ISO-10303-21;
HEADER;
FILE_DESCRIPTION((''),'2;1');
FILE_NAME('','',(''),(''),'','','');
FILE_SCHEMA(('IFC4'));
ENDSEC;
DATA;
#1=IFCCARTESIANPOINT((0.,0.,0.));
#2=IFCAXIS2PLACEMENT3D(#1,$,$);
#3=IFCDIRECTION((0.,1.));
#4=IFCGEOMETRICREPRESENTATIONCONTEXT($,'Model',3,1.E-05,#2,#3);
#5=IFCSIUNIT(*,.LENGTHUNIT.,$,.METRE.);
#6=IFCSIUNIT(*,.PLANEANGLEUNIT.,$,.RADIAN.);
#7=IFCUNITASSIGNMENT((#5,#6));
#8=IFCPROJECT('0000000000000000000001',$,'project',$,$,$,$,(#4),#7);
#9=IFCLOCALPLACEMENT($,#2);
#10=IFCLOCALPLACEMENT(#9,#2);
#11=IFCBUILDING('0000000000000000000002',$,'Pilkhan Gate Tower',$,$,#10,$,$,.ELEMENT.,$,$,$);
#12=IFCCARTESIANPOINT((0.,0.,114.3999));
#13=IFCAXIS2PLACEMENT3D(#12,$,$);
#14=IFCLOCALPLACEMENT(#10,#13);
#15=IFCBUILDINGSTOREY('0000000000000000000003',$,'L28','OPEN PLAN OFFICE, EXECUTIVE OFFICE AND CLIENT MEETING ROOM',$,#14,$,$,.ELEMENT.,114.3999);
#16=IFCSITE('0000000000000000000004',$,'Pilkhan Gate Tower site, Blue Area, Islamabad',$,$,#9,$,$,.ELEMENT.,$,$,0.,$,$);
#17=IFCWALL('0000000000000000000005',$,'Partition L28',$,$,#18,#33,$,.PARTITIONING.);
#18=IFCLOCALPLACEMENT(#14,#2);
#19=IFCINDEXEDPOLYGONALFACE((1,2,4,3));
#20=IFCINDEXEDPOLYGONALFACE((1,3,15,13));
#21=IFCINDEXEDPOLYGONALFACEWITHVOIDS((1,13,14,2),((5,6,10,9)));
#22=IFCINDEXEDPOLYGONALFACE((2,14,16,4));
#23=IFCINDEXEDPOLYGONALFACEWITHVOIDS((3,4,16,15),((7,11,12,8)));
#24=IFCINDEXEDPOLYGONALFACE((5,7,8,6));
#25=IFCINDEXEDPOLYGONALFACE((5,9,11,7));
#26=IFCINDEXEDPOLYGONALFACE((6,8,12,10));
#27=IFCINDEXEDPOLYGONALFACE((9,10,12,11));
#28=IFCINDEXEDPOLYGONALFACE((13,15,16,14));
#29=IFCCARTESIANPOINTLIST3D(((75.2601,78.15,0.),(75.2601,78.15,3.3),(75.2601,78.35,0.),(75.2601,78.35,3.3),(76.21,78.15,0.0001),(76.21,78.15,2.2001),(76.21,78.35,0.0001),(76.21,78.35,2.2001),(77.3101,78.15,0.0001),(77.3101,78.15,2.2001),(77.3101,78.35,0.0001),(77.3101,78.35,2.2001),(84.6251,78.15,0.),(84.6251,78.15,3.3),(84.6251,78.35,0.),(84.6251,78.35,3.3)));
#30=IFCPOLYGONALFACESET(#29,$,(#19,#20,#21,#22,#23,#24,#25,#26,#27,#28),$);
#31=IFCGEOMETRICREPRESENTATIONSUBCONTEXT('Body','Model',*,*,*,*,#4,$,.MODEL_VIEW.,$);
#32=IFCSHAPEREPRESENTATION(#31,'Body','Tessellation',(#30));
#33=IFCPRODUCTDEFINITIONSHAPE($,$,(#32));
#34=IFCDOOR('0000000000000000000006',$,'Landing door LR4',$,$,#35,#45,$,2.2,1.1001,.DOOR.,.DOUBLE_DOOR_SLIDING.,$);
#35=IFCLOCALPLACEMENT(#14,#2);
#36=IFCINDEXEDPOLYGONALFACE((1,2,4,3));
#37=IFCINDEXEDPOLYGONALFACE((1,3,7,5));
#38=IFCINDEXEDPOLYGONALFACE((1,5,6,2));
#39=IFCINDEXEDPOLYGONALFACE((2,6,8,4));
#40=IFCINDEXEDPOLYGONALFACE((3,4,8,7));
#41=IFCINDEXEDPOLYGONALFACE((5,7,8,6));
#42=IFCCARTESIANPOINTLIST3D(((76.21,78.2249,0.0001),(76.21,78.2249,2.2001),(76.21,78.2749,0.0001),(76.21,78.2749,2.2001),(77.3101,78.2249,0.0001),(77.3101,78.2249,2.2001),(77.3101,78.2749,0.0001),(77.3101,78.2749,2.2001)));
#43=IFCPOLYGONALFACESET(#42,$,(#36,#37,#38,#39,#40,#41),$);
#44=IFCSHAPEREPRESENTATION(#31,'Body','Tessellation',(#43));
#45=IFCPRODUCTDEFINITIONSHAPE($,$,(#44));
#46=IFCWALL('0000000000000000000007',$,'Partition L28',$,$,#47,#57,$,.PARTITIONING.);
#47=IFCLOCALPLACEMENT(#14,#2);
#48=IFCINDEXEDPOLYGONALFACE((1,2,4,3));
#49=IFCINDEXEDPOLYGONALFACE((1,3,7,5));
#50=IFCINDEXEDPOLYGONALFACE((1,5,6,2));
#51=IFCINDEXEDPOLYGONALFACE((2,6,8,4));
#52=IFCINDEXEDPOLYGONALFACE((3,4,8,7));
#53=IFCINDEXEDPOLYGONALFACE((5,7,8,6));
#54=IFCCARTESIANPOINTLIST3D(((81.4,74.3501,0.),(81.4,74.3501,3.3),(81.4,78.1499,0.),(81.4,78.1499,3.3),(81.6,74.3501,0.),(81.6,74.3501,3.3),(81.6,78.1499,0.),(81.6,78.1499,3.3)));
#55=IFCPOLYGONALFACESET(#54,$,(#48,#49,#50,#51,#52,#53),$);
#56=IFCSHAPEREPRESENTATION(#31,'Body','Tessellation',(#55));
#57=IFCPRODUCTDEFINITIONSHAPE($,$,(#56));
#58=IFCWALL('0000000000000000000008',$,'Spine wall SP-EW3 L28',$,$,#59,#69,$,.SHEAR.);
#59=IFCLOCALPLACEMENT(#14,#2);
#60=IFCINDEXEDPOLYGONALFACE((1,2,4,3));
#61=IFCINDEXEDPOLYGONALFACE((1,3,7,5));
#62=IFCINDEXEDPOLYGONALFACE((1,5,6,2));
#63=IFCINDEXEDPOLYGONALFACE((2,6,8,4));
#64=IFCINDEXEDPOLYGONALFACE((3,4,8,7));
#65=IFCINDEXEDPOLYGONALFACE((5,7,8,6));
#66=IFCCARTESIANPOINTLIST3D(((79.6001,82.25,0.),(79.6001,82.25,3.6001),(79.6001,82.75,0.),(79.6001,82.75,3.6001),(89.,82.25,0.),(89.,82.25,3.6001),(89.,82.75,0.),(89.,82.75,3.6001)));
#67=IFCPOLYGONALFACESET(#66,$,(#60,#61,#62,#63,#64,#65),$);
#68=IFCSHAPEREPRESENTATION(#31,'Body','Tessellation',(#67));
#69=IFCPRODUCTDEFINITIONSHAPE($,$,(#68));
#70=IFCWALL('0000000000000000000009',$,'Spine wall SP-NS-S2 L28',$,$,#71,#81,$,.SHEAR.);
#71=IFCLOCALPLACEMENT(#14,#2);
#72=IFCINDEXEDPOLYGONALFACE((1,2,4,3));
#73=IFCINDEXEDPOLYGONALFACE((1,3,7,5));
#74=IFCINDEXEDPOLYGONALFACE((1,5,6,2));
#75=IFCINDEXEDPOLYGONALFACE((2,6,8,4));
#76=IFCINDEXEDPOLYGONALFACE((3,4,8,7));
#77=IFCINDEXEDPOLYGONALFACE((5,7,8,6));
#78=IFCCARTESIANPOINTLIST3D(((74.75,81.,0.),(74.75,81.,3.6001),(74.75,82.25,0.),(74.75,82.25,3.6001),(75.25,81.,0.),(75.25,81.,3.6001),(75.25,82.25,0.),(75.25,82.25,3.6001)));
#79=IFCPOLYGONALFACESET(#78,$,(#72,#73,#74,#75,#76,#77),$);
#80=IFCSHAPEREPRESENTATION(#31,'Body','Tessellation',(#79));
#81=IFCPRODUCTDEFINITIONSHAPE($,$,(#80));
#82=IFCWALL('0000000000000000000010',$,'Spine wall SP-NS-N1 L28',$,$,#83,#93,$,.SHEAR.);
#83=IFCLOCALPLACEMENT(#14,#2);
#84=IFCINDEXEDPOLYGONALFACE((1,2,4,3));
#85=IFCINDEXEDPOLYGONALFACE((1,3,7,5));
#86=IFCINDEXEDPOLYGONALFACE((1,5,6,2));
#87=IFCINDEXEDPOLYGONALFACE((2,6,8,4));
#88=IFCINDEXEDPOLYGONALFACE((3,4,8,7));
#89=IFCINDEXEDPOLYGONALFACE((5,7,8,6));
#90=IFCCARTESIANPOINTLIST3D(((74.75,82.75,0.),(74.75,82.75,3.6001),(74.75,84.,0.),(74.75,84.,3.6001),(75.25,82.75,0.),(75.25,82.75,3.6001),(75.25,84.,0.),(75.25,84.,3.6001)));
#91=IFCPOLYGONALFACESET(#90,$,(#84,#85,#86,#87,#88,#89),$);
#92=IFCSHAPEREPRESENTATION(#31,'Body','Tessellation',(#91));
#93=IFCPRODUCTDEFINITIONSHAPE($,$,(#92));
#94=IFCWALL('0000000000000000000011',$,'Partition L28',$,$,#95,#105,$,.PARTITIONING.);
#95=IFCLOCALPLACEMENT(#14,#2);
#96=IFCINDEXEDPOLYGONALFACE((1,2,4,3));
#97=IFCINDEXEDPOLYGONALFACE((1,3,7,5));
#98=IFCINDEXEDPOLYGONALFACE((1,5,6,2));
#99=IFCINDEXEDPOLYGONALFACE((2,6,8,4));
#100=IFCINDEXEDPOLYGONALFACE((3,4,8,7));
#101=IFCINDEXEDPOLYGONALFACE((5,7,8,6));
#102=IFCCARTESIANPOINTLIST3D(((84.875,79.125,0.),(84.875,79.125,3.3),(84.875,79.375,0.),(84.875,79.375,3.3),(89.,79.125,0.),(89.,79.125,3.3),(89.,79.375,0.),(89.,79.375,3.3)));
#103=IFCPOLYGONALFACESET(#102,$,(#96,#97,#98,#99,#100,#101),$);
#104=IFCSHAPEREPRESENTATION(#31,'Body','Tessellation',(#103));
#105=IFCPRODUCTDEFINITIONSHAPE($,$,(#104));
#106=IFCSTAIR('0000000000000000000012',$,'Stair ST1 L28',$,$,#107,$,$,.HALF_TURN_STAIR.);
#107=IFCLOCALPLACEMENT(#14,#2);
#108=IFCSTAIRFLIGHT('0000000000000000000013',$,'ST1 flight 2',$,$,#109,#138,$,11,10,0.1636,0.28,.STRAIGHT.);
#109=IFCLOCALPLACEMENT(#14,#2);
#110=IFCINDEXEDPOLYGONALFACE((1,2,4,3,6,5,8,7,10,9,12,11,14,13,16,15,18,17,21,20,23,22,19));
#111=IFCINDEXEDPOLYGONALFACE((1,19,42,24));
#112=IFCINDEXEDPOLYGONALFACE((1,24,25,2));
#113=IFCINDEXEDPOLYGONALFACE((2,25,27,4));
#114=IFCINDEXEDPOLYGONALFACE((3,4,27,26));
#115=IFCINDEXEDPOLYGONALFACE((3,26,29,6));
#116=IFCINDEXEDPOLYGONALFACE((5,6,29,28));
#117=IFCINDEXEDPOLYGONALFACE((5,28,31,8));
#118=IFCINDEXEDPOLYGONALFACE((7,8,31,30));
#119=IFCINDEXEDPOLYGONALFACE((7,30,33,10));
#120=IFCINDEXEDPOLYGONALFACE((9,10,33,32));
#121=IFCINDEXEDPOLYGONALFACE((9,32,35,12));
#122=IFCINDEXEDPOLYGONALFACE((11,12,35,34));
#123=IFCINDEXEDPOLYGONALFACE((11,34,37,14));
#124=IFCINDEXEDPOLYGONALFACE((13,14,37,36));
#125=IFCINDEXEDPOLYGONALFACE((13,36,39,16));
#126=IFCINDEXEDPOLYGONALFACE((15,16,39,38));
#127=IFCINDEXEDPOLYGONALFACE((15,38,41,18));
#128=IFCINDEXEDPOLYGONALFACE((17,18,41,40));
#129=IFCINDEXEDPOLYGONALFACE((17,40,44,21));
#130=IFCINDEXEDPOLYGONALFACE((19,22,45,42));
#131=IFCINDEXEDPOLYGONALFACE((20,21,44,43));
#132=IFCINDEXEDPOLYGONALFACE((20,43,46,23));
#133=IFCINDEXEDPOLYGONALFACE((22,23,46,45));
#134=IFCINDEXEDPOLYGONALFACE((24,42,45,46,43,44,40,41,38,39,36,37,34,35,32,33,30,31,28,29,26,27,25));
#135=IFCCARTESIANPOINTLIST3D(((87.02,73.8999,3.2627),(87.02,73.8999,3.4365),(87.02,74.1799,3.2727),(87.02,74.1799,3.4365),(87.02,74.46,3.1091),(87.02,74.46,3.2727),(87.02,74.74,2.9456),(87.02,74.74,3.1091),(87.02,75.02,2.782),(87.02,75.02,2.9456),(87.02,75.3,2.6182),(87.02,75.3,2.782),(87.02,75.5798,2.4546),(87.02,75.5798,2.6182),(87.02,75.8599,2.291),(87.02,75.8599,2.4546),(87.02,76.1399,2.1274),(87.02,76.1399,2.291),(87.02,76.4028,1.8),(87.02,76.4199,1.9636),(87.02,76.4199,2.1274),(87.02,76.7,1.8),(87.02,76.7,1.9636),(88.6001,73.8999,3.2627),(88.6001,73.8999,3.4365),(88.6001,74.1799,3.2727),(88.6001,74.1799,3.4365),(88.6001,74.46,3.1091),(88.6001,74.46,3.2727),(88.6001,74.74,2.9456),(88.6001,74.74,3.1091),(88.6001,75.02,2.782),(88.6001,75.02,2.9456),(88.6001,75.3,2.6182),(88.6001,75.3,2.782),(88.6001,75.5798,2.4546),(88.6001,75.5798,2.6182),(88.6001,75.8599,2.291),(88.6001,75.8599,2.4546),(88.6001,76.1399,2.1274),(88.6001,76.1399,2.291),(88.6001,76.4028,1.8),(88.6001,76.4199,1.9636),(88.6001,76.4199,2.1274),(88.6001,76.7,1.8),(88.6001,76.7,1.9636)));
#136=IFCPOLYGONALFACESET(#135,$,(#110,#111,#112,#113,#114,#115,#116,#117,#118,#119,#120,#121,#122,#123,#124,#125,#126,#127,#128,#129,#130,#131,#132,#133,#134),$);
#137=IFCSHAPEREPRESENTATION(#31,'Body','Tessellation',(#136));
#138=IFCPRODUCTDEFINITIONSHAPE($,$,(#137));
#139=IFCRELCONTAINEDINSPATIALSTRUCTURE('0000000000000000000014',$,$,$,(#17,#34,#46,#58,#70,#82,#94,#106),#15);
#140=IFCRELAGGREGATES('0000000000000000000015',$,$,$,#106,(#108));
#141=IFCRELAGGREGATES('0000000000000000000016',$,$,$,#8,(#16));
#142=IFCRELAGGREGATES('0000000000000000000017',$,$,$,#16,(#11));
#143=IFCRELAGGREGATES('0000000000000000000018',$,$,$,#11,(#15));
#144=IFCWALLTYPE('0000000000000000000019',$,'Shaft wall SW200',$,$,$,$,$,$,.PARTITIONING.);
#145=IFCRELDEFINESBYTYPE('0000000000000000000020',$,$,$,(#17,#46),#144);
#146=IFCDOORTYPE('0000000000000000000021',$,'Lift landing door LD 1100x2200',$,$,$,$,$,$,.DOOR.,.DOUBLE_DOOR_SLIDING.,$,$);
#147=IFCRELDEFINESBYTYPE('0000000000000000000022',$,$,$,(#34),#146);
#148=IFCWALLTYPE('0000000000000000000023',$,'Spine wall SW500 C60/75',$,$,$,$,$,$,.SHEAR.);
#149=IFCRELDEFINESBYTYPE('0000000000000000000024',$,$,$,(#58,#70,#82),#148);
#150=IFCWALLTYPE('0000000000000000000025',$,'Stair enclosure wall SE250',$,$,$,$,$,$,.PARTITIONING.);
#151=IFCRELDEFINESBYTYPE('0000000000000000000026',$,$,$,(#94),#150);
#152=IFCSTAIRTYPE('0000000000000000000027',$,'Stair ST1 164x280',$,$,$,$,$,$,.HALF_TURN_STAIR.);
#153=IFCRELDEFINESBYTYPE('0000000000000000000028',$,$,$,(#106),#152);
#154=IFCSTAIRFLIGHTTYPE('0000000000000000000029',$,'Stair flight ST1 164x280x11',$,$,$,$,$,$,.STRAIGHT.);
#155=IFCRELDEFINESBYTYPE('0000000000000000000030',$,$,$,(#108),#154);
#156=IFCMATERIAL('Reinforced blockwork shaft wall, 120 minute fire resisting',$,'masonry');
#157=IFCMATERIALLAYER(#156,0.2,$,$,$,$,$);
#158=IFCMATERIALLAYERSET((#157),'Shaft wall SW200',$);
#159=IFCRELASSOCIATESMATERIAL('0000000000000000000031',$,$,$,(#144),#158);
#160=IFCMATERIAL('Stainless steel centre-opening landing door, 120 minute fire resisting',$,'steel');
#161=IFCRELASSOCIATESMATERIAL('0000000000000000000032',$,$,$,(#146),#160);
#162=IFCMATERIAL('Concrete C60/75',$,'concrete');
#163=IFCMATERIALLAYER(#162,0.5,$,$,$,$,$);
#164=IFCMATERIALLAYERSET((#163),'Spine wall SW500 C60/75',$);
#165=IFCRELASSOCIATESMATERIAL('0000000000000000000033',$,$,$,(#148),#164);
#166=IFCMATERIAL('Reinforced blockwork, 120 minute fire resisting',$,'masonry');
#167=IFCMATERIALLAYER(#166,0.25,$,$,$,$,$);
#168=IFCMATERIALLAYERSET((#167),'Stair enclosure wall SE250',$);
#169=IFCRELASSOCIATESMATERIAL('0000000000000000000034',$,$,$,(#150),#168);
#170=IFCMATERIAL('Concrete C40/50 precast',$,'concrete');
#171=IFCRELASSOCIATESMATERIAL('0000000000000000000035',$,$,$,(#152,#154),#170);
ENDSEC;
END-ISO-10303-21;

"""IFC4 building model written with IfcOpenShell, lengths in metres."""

from ifc_helpers import new_model, si_unit, direction, frame, frame_2d, origin, place, context, subcontext, project, spatial, polyline, rectangle, outline, extrude, material, layer, layer_set, type_object, element, fill, aggregate, save


model = new_model("IFC4")

# Units and contexts
model_context = context("Model", 3, precision=1e-05, world=origin(), true_north=direction((0.0, 1.0)))
body_context = subcontext(model_context, "Body", "Model", "MODEL_VIEW")
ifc_project = project(units=[si_unit("LENGTHUNIT", "METRE"), si_unit("PLANEANGLEUNIT", "RADIAN")], contexts=[model_context])

# Site, building, storey
site_placement = place(None, origin())
site = spatial("IfcSite", under=ifc_project, at=site_placement, Name="Pilkhan Gate Tower site, Blue Area, Islamabad", CompositionType="ELEMENT", RefElevation=0.0)
building_placement = place(site_placement, origin())
building = spatial("IfcBuilding", under=site, at=building_placement, Name="Pilkhan Gate Tower", CompositionType="ELEMENT")
storey_placement = place(building_placement, frame((0.0, 0.0, 114.3999)))
storey = spatial("IfcBuildingStorey", under=building, at=storey_placement, Name="L28", Description="OPEN PLAN OFFICE, EXECUTIVE OFFICE AND CLIENT MEETING ROOM", CompositionType="ELEMENT", Elevation=114.3999)

# Shared definitions
ifc_material_1 = material(Name="Concrete C60/75", Category="concrete")

# Wall, opening, door
ifc_material_2 = material(Name="Reinforced blockwork shaft wall, 120 minute fire resisting", Category="masonry")
ifc_layer_1 = layer(ifc_material_2, 0.2)
ifc_layer_set_1 = layer_set([ifc_layer_1], Name="Shaft wall SW200")
wall_type_1 = type_object("IfcWallType", Name="Shaft wall SW200", PredefinedType="PARTITIONING", material=ifc_layer_set_1)
wall_1_placement = place(storey_placement, frame((75.26, 78.25, 0.0), z_axis=(0.0, 0.0, 1.0), x_axis=(1.0, 0.0, 0.0)))
wall_1 = element("IfcWall", 1, at=wall_1_placement, inside=storey, type_object=wall_type_1, Name="Partition L28", PredefinedType="PARTITIONING", context=body_context, shape_type="SweptSolid", body=[
    extrude(rectangle(XDim=9.365, YDim=0.2, at=frame_2d((4.6826, 0.0))), origin(), (0.0, 0.0, 1.0), 3.3),
])
opening_1_placement = place(wall_1_placement, frame((0.95, 0.0, 0.0)))
opening_1 = element("IfcOpeningElement", 2, at=opening_1_placement, cuts=wall_1, PredefinedType="OPENING", context=body_context, shape_type="SweptSolid", body=[
    extrude(rectangle(XDim=1.1001, YDim=2.2, at=frame_2d((0.55, 1.1001))), frame((0.0, 0.1099, 0.0), z_axis=(0.0, -1.0, 0.0), x_axis=(1.0, 0.0, 0.0)), (0.0, 0.0, 1.0), 0.22),
])
ifc_material_3 = material(Name="Stainless steel centre-opening landing door, 120 minute fire resisting", Category="steel")
door_type_1 = type_object("IfcDoorType", Name="Lift landing door LD 1100x2200", OperationType="DOUBLE_DOOR_SLIDING", PredefinedType="DOOR", material=ifc_material_3)
door_1_placement = place(opening_1_placement, origin())
door_1 = element("IfcDoor", 3, at=door_1_placement, inside=storey, type_object=door_type_1, Name="Landing door LR4", OperationType="DOUBLE_DOOR_SLIDING", OverallHeight=2.2, OverallWidth=1.1001, PredefinedType="DOOR", context=body_context, shape_type="SweptSolid", body=[
    extrude(rectangle(XDim=1.1001, YDim=2.2, at=frame_2d((0.55, 1.1001))), frame((0.0, 0.0249, 0.0), z_axis=(0.0, -1.0, 0.0), x_axis=(1.0, 0.0, 0.0)), (0.0, 0.0, 1.0), 0.05),
])
fill(opening_1, door_1)

# Walls
wall_2_placement = place(storey_placement, frame((81.5, 74.3501, 0.0), z_axis=(0.0, 0.0, 1.0), x_axis=(0.0, 1.0, 0.0)))
element("IfcWall", 4, at=wall_2_placement, inside=storey, type_object=wall_type_1, Name="Partition L28", PredefinedType="PARTITIONING", context=body_context, shape_type="SweptSolid", body=[
    extrude(rectangle(XDim=3.7998, YDim=0.2, at=frame_2d((1.8999, 0.0))), origin(), (0.0, 0.0, 1.0), 3.3),
])
ifc_layer_2 = layer(ifc_material_1, 0.5)
ifc_layer_set_2 = layer_set([ifc_layer_2], Name="Spine wall SW500 C60/75")
wall_type_2 = type_object("IfcWallType", Name="Spine wall SW500 C60/75", PredefinedType="SHEAR", material=ifc_layer_set_2)
wall_3_placement = place(storey_placement, frame((79.6001, 82.5, 0.0), z_axis=(0.0, 0.0, 1.0), x_axis=(1.0, 0.0, 0.0)))
element("IfcWall", 5, at=wall_3_placement, inside=storey, type_object=wall_type_2, Name="Spine wall SP-EW3 L28", PredefinedType="SHEAR", context=body_context, shape_type="SweptSolid", body=[
    extrude(rectangle(XDim=9.3999, YDim=0.5, at=frame_2d((4.7, 0.0))), origin(), (0.0, 0.0, 1.0), 3.6001),
])
for number, where, z_axis, x_axis, name in (
    (6, (75.0, 81.0, 0.0), (0.0, 0.0, 1.0), (0.0, 1.0, 0.0), "Spine wall SP-NS-S2 L28"),
    (7, (75.0, 82.75, 0.0), (0.0, 0.0, 1.0), (0.0, 1.0, 0.0), "Spine wall SP-NS-N1 L28"),
):
    element("IfcWall", number, at=place(storey_placement, frame(where, z_axis=z_axis, x_axis=x_axis)), inside=storey, type_object=wall_type_2, Name=name, PredefinedType="SHEAR", context=body_context, shape_type="SweptSolid", body=[
        extrude(rectangle(XDim=1.25, YDim=0.5, at=frame_2d((0.625, 0.0))), origin(), (0.0, 0.0, 1.0), 3.6001),
    ])
ifc_material_4 = material(Name="Reinforced blockwork, 120 minute fire resisting", Category="masonry")
ifc_layer_3 = layer(ifc_material_4, 0.25)
ifc_layer_set_3 = layer_set([ifc_layer_3], Name="Stair enclosure wall SE250")
wall_type_3 = type_object("IfcWallType", Name="Stair enclosure wall SE250", PredefinedType="PARTITIONING", material=ifc_layer_set_3)
wall_4_placement = place(storey_placement, frame((84.875, 79.25, 0.0), z_axis=(0.0, 0.0, 1.0), x_axis=(1.0, 0.0, 0.0)))
element("IfcWall", 8, at=wall_4_placement, inside=storey, type_object=wall_type_3, Name="Partition L28", PredefinedType="PARTITIONING", context=body_context, shape_type="SweptSolid", body=[
    extrude(rectangle(XDim=4.125, YDim=0.25, at=frame_2d((2.0625, 0.0))), origin(), (0.0, 0.0, 1.0), 3.3),
])

# Stair, stair flight
ifc_material_5 = material(Name="Concrete C40/50 precast", Category="concrete")
stair_type = type_object("IfcStairType", Name="Stair ST1 164x280", PredefinedType="HALF_TURN_STAIR", material=ifc_material_5)
stair_placement = place(storey_placement, origin())
stair = element("IfcStair", 9, at=stair_placement, inside=storey, type_object=stair_type, Name="Stair ST1 L28", PredefinedType="HALF_TURN_STAIR")
stair_flight_type = type_object("IfcStairFlightType", Name="Stair flight ST1 164x280x11", PredefinedType="STRAIGHT", material=ifc_material_5)
stair_flight_placement = place(storey_placement, frame((87.8101, 76.7, 1.8), z_axis=(0.0, 0.0, 1.0), x_axis=(0.0, -1.0, 0.0)))
stair_flight = element("IfcStairFlight", 10, at=stair_flight_placement, type_object=stair_flight_type, Name="ST1 flight 2", NumberOfRisers=11, NumberOfTreads=10, PredefinedType="STRAIGHT", RiserHeight=0.1636, TreadLength=0.28, context=body_context, shape_type="SweptSolid", body=[
    extrude(outline(polyline([(0.0, 0.0), (0.0, 0.1636), (0.28, 0.1636), (0.28, 0.3274), (0.5601, 0.3274), (0.5601, 0.491), (0.8401, 0.491), (0.8401, 0.6545), (1.1201, 0.6545), (1.1201, 0.8181), (1.3999, 0.8181), (1.3999, 0.9819), (1.6799, 0.9819), (1.6799, 1.1455), (1.96, 1.1455), (1.96, 1.3091), (2.24, 1.3091), (2.24, 1.4727), (2.52, 1.4727), (2.52, 1.6365), (2.8, 1.6365), (2.8, 1.8), (2.8, 1.4626), (0.2971, 0.0), (0.0, 0.0)])), frame((0.0, 0.79, 0.0), z_axis=(0.0, -1.0, 0.0), x_axis=(1.0, 0.0, 0.0)), (0.0, 0.0, 1.0), 1.5801),
])
aggregate(stair, [stair_flight])

save(model, "model.ifc")
